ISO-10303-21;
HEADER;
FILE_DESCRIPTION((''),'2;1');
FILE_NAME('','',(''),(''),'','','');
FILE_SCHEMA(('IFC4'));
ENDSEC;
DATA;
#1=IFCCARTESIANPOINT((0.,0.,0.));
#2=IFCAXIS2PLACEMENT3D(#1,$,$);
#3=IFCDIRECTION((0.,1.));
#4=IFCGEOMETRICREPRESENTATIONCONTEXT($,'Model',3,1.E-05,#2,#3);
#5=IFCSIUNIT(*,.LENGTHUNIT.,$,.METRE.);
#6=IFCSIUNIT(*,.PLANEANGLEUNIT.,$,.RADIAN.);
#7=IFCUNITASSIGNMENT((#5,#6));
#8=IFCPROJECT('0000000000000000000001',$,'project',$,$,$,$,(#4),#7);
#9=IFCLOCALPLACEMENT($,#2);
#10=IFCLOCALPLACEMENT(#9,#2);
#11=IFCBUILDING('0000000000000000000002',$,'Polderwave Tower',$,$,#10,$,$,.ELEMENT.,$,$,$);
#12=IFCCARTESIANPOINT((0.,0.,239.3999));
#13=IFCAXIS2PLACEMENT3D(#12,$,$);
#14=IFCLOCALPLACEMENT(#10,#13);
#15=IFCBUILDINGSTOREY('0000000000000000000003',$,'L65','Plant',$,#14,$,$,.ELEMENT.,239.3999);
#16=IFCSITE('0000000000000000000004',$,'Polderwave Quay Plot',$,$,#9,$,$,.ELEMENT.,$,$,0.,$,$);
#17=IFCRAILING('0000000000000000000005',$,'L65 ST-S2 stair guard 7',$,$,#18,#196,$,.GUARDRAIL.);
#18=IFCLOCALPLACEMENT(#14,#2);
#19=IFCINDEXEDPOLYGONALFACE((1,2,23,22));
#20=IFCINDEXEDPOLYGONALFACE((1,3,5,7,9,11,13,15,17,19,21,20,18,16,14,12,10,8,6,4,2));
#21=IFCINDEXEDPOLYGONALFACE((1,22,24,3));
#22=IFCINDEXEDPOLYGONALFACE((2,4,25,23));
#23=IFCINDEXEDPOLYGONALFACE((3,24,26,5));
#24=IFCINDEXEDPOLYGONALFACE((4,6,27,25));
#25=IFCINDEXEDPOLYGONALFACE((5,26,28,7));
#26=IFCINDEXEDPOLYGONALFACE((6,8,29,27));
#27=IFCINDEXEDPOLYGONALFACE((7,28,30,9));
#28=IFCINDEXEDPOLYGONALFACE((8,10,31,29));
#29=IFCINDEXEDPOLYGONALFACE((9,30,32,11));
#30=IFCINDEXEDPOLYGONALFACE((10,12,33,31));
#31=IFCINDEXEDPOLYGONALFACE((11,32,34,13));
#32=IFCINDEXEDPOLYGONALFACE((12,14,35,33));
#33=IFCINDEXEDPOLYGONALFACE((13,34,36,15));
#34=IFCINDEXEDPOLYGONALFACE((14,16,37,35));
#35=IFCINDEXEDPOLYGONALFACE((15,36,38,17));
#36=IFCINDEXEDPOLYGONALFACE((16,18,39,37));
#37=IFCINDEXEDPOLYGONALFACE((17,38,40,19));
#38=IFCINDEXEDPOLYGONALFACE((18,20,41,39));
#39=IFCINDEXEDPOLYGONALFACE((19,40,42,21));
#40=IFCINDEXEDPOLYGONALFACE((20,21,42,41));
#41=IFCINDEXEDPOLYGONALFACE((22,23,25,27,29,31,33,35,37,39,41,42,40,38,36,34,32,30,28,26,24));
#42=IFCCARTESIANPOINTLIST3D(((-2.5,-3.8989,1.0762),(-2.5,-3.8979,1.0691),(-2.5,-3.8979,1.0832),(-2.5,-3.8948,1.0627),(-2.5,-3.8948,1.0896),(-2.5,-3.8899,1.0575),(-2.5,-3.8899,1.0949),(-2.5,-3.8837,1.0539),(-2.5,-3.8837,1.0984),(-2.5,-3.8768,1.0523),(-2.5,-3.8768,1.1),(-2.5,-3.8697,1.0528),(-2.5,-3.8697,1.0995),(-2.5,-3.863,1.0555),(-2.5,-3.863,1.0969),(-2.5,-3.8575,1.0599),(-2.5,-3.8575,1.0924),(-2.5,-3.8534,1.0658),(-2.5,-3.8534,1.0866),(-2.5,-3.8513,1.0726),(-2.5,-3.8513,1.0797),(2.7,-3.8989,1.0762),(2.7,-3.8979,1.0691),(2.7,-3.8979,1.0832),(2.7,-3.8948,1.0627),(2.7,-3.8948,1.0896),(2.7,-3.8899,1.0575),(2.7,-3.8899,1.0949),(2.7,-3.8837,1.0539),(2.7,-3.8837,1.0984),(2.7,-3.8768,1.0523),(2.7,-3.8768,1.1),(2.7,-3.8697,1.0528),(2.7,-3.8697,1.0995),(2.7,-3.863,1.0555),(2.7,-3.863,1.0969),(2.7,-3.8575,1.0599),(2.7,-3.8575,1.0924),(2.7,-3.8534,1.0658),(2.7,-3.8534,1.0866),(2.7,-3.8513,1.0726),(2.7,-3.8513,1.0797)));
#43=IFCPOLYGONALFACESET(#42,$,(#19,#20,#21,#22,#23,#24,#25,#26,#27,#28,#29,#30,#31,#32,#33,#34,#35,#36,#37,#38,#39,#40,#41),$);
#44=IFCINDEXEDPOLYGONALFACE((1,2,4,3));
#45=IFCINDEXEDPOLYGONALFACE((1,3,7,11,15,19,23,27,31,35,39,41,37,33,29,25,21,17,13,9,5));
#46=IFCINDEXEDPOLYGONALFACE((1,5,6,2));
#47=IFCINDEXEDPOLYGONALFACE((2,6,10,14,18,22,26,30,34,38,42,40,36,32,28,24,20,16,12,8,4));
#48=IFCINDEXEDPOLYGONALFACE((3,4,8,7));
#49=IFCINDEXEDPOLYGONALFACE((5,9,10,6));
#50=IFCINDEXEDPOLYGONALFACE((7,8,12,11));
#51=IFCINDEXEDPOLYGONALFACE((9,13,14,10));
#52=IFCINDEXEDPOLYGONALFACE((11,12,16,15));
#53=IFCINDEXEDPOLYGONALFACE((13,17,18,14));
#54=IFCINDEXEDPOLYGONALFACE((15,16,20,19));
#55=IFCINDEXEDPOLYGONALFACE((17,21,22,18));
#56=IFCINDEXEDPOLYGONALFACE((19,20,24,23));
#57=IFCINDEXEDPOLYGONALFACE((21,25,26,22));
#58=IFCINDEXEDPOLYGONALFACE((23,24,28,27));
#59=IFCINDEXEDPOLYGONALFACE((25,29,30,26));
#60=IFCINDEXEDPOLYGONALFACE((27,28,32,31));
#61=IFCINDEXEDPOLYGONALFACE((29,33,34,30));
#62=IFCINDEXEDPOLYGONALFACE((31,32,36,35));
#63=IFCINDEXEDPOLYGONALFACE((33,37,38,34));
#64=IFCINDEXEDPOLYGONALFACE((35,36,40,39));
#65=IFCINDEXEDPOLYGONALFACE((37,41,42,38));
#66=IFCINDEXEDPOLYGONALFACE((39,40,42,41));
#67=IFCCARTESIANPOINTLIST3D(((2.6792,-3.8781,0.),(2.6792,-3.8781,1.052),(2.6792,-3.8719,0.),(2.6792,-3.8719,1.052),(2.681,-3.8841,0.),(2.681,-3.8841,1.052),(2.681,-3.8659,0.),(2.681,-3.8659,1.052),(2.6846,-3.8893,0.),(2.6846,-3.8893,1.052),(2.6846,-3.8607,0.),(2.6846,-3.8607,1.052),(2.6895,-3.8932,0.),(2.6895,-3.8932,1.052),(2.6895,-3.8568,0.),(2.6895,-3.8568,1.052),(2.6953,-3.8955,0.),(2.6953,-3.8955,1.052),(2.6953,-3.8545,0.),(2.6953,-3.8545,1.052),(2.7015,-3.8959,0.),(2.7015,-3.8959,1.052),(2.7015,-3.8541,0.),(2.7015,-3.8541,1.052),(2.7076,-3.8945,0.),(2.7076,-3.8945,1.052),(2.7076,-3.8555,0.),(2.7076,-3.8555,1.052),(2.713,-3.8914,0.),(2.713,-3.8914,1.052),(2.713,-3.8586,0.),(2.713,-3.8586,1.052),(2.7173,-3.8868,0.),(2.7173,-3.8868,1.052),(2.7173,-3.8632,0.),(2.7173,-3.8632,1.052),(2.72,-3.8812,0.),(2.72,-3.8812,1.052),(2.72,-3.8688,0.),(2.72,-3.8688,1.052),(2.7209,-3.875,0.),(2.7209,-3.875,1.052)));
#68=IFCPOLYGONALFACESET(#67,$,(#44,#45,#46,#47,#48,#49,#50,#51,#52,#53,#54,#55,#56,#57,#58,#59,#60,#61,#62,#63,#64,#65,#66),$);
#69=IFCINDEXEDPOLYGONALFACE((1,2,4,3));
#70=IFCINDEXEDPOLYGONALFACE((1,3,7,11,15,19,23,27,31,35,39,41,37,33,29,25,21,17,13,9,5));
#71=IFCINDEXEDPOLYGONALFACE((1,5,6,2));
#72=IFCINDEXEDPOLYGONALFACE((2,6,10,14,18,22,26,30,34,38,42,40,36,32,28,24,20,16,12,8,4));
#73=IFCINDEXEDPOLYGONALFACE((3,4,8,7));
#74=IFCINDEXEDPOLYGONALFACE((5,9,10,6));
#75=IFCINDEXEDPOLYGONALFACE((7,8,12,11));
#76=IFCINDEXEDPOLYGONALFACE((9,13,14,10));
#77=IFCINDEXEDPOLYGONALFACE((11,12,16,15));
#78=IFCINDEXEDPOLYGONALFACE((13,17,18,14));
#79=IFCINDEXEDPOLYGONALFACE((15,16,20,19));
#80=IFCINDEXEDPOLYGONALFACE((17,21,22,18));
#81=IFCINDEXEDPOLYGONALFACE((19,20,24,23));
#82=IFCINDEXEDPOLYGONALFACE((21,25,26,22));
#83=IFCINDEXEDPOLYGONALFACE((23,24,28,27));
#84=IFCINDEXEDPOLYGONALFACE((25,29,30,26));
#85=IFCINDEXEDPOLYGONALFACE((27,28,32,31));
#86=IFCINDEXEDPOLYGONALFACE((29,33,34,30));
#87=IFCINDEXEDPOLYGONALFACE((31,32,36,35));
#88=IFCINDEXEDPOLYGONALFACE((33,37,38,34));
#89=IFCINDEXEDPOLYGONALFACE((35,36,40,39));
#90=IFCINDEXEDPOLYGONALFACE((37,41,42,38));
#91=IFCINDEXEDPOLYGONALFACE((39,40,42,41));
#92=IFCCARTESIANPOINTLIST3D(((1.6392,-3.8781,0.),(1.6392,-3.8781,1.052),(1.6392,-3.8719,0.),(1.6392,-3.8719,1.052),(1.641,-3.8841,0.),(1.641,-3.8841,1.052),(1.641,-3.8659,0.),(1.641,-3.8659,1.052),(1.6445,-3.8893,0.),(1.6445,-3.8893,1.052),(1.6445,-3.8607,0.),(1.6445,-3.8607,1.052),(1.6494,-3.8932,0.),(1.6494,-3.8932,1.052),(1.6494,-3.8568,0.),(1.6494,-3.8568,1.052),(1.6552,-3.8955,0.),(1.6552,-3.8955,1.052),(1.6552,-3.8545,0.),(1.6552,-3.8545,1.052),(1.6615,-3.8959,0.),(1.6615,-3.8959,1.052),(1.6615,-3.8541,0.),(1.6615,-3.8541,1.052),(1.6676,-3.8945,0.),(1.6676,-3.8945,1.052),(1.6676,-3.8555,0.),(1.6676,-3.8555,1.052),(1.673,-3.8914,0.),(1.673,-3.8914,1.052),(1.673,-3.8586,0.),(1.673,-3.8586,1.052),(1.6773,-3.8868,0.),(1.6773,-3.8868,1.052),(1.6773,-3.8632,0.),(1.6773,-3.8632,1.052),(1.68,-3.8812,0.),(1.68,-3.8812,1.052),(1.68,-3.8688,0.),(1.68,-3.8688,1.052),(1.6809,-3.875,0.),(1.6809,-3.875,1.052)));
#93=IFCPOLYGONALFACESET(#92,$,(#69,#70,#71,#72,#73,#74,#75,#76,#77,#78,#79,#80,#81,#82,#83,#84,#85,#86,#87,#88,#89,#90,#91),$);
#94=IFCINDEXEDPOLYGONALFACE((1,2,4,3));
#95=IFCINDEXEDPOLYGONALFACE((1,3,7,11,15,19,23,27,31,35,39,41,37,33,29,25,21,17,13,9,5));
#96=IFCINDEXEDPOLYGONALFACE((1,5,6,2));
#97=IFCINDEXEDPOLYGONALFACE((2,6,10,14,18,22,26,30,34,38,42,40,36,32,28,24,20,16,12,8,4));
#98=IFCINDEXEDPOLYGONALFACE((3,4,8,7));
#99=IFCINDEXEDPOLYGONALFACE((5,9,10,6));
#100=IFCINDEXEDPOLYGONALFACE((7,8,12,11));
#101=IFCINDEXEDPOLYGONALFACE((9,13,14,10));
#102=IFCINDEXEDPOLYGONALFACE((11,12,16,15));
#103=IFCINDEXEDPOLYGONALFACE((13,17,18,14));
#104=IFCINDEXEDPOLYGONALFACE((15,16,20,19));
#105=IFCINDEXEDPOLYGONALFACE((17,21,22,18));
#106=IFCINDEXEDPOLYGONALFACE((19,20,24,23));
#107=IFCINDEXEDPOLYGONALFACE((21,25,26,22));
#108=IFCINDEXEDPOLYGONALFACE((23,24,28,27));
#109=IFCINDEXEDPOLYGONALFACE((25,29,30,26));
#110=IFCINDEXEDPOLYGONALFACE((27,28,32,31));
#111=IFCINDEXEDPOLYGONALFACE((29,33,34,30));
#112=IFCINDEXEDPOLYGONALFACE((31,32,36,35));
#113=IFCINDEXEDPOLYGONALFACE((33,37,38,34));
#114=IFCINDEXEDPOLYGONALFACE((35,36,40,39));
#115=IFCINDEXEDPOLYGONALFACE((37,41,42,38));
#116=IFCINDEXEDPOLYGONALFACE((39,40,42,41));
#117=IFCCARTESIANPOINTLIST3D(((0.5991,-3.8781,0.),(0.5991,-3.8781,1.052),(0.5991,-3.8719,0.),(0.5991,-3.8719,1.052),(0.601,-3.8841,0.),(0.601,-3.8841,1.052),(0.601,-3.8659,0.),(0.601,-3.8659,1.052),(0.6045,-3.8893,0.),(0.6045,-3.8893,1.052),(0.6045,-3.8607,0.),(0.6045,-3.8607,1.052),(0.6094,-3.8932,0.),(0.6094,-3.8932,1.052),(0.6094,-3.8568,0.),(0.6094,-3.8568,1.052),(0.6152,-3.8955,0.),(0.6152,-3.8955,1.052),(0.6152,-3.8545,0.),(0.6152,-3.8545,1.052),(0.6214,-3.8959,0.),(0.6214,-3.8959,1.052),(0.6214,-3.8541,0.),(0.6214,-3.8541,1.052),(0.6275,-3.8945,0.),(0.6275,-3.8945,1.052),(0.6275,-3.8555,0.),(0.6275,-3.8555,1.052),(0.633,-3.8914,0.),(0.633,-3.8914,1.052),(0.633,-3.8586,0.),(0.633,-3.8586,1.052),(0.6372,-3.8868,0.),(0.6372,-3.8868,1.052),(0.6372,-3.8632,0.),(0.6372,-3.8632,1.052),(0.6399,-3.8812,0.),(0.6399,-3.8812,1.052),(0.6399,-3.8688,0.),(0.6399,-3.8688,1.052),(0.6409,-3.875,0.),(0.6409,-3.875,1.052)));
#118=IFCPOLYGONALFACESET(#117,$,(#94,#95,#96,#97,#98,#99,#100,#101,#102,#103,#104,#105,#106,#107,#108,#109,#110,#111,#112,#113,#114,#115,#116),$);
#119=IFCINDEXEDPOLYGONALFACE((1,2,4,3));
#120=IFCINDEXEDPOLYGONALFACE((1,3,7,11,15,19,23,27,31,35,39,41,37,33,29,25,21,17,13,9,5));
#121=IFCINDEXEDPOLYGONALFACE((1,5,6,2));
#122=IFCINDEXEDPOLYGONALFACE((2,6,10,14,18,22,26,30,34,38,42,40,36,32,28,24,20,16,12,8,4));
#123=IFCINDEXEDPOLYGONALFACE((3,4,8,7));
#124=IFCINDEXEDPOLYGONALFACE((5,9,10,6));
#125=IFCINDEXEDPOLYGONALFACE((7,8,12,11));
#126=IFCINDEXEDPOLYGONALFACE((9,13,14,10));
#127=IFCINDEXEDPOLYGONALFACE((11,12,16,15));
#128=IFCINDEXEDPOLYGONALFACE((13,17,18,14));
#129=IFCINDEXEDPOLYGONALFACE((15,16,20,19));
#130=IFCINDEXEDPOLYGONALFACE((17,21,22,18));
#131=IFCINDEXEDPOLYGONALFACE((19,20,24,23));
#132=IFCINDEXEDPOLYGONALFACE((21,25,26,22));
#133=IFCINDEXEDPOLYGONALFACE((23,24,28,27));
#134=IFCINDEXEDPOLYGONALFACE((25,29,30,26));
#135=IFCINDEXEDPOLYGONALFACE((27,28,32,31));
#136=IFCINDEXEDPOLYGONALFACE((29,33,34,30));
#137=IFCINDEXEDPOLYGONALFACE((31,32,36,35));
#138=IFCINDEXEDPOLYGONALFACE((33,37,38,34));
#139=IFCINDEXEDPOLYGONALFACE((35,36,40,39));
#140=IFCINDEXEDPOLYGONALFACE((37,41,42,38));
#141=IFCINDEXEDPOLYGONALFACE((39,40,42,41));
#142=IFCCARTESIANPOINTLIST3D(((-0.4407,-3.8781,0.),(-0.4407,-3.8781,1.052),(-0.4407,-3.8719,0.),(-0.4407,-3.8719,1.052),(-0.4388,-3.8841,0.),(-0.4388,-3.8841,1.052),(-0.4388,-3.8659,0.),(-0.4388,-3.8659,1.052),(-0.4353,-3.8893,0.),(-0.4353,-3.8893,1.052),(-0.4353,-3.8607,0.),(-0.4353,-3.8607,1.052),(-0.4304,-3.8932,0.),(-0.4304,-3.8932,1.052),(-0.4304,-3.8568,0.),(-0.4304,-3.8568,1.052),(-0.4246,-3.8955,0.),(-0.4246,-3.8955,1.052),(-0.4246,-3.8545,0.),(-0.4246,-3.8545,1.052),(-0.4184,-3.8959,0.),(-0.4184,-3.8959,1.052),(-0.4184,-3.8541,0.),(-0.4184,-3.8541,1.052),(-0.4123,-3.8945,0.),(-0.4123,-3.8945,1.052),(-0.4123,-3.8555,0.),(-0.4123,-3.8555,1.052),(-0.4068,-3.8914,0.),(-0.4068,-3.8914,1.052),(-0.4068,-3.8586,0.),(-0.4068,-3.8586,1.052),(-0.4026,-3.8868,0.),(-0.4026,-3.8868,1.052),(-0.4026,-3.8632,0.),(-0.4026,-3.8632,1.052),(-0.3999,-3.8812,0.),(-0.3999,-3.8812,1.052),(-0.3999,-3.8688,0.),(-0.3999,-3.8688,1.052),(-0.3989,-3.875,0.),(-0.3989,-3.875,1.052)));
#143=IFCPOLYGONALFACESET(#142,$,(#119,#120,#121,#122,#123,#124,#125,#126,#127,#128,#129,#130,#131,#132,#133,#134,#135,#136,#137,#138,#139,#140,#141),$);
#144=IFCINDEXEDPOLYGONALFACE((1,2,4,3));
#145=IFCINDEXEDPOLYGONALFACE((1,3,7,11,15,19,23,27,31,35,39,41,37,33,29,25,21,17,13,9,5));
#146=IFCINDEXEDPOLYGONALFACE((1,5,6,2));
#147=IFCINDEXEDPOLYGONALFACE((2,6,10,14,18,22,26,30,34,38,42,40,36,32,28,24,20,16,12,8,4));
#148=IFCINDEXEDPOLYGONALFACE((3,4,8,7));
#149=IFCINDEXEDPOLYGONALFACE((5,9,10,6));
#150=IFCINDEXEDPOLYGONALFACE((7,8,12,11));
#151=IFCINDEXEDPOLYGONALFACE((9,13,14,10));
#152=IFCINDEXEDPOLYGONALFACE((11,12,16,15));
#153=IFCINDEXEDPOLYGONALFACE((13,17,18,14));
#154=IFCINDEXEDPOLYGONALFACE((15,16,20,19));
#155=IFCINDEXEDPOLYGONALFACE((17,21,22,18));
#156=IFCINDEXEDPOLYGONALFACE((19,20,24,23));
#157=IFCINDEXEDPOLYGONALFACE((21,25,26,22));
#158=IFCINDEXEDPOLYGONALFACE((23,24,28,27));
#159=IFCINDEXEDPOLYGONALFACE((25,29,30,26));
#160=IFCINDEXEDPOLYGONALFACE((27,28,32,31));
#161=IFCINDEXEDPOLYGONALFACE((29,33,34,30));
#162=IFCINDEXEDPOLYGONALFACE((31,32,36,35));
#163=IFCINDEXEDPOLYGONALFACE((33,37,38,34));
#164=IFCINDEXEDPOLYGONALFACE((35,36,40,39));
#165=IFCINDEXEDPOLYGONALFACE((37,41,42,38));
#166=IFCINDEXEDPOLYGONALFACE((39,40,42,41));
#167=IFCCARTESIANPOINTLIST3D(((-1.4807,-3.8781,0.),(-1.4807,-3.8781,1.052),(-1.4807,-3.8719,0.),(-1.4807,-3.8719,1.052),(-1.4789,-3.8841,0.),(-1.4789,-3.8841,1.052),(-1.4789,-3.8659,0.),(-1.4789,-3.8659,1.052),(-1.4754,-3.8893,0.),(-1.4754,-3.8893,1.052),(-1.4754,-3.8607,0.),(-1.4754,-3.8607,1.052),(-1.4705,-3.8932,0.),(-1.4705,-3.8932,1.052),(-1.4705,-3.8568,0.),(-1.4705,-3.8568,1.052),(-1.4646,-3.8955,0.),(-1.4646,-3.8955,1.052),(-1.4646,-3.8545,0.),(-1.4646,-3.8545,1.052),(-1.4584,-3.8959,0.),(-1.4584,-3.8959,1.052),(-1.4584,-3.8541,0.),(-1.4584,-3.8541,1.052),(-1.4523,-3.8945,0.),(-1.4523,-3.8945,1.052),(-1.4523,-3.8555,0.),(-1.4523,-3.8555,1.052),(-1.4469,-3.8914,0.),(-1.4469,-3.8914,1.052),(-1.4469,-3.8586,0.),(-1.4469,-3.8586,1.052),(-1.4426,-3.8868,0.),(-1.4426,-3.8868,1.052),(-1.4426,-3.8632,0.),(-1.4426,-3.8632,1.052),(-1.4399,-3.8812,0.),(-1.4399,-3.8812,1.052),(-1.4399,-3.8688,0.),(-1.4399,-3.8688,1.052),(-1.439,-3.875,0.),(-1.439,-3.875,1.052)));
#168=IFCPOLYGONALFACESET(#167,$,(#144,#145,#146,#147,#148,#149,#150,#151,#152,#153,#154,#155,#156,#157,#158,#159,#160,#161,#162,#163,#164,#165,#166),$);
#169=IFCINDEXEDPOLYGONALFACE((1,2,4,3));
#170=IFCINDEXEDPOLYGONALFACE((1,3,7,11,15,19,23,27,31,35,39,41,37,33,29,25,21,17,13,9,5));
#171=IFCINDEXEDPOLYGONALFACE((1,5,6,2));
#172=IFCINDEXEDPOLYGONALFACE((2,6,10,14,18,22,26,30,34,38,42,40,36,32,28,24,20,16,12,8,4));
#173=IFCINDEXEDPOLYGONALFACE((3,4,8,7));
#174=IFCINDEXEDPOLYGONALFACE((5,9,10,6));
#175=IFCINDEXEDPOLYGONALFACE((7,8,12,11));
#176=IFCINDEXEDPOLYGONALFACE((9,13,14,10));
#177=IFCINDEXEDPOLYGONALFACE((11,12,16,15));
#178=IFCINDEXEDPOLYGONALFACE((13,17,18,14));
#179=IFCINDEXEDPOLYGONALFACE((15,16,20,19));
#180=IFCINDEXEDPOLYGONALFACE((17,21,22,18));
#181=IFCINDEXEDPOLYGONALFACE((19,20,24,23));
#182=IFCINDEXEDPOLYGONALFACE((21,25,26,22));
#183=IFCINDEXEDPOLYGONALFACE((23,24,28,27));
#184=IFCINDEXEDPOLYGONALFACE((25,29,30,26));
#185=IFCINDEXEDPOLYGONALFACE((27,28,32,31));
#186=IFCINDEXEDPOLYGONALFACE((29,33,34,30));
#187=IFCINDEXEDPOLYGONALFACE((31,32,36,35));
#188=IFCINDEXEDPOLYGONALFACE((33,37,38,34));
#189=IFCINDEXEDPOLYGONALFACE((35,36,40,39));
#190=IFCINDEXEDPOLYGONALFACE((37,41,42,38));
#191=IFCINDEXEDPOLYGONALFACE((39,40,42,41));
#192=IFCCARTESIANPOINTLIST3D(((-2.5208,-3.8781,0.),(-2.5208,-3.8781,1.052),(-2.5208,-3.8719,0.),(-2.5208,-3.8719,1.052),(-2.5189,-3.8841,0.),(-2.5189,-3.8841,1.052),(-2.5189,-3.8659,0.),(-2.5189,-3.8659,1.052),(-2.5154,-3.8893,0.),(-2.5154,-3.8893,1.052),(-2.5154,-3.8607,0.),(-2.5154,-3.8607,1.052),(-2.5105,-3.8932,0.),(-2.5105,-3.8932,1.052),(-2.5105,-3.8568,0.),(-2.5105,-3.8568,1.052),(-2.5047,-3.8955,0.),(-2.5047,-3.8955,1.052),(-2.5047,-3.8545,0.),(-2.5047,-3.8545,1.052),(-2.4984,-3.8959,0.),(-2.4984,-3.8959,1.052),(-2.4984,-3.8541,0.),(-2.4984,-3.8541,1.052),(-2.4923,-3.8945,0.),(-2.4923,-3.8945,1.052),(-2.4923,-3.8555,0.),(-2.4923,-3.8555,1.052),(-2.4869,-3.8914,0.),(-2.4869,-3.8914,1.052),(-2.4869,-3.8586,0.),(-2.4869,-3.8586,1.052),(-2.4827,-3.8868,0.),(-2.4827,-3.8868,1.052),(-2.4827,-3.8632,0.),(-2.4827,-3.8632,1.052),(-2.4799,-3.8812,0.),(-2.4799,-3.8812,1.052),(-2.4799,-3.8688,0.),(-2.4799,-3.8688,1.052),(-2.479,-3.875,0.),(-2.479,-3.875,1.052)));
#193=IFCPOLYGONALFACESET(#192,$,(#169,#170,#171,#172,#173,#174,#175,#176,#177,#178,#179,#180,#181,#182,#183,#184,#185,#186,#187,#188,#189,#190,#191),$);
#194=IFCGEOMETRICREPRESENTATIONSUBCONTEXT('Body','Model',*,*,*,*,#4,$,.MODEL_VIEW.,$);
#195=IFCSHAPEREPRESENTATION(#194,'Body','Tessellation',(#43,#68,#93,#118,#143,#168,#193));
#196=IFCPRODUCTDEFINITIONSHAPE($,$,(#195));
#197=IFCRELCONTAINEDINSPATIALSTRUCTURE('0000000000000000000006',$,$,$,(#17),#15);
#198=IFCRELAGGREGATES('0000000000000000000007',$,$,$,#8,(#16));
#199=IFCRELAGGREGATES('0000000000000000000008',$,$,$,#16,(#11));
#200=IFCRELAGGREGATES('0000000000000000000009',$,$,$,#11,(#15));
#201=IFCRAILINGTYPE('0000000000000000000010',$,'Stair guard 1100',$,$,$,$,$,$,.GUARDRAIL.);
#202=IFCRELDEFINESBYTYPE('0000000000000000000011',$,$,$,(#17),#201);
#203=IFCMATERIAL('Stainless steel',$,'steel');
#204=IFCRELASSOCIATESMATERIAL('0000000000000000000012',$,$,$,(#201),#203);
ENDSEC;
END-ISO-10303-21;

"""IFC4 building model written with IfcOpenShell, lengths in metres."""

from ifc_helpers import new_model, si_unit, direction, frame, origin, origin_2d, place, context, subcontext, project, spatial, circle, extrude, material, type_object, element, save


model = new_model("IFC4")

# Units and contexts
model_context = context("Model", 3, precision=1e-05, world=origin(), true_north=direction((0.0, 1.0)))
body_context = subcontext(model_context, "Body", "Model", "MODEL_VIEW")
ifc_project = project(units=[si_unit("LENGTHUNIT", "METRE"), si_unit("PLANEANGLEUNIT", "RADIAN")], contexts=[model_context])

# Site, building, storey
site_placement = place(None, origin())
site = spatial("IfcSite", under=ifc_project, at=site_placement, Name="Polderwave Quay Plot", CompositionType="ELEMENT", RefElevation=0.0)
building_placement = place(site_placement, origin())
building = spatial("IfcBuilding", under=site, at=building_placement, Name="Polderwave Tower", CompositionType="ELEMENT")
storey_placement = place(building_placement, frame((0.0, 0.0, 239.3999)))
storey = spatial("IfcBuildingStorey", under=building, at=storey_placement, Name="L65", Description="Plant", CompositionType="ELEMENT", Elevation=239.3999)

# Railing
ifc_material_1 = material(Name="Stainless steel", Category="steel")
railing_type_1 = type_object("IfcRailingType", Name="Stair guard 1100", PredefinedType="GUARDRAIL", material=ifc_material_1)
railing_1_placement = place(storey_placement, frame((2.7, -3.875, 0.0)))
element("IfcRailing", 1, at=railing_1_placement, inside=storey, type_object=railing_type_1, Name="L65 ST-S2 stair guard 7", PredefinedType="GUARDRAIL", context=body_context, shape_type="SweptSolid", body=[
    extrude(circle(Radius=0.0239, at=origin_2d()), frame((0.0, 0.0, 1.0762), z_axis=(-1.0, 0.0, 0.0), x_axis=(0.0, -1.0, 0.0)), (0.0, 0.0, 1.0), 5.2),
    extrude(circle(Radius=0.021, at=origin_2d()), origin(), (0.0, 0.0, 1.0), 1.052),
    extrude(circle(Radius=0.021, at=origin_2d()), frame((-1.04, 0.0, 0.0)), (0.0, 0.0, 1.0), 1.052),
    extrude(circle(Radius=0.021, at=origin_2d()), frame((-2.0801, 0.0, 0.0)), (0.0, 0.0, 1.0), 1.052),
    extrude(circle(Radius=0.021, at=origin_2d()), frame((-3.1199, 0.0, 0.0)), (0.0, 0.0, 1.0), 1.052),
    extrude(circle(Radius=0.021, at=origin_2d()), frame((-4.1599, 0.0, 0.0)), (0.0, 0.0, 1.0), 1.052),
    extrude(circle(Radius=0.021, at=origin_2d()), frame((-5.2, 0.0, 0.0)), (0.0, 0.0, 1.0), 1.052),
])

save(model, "model.ifc")
